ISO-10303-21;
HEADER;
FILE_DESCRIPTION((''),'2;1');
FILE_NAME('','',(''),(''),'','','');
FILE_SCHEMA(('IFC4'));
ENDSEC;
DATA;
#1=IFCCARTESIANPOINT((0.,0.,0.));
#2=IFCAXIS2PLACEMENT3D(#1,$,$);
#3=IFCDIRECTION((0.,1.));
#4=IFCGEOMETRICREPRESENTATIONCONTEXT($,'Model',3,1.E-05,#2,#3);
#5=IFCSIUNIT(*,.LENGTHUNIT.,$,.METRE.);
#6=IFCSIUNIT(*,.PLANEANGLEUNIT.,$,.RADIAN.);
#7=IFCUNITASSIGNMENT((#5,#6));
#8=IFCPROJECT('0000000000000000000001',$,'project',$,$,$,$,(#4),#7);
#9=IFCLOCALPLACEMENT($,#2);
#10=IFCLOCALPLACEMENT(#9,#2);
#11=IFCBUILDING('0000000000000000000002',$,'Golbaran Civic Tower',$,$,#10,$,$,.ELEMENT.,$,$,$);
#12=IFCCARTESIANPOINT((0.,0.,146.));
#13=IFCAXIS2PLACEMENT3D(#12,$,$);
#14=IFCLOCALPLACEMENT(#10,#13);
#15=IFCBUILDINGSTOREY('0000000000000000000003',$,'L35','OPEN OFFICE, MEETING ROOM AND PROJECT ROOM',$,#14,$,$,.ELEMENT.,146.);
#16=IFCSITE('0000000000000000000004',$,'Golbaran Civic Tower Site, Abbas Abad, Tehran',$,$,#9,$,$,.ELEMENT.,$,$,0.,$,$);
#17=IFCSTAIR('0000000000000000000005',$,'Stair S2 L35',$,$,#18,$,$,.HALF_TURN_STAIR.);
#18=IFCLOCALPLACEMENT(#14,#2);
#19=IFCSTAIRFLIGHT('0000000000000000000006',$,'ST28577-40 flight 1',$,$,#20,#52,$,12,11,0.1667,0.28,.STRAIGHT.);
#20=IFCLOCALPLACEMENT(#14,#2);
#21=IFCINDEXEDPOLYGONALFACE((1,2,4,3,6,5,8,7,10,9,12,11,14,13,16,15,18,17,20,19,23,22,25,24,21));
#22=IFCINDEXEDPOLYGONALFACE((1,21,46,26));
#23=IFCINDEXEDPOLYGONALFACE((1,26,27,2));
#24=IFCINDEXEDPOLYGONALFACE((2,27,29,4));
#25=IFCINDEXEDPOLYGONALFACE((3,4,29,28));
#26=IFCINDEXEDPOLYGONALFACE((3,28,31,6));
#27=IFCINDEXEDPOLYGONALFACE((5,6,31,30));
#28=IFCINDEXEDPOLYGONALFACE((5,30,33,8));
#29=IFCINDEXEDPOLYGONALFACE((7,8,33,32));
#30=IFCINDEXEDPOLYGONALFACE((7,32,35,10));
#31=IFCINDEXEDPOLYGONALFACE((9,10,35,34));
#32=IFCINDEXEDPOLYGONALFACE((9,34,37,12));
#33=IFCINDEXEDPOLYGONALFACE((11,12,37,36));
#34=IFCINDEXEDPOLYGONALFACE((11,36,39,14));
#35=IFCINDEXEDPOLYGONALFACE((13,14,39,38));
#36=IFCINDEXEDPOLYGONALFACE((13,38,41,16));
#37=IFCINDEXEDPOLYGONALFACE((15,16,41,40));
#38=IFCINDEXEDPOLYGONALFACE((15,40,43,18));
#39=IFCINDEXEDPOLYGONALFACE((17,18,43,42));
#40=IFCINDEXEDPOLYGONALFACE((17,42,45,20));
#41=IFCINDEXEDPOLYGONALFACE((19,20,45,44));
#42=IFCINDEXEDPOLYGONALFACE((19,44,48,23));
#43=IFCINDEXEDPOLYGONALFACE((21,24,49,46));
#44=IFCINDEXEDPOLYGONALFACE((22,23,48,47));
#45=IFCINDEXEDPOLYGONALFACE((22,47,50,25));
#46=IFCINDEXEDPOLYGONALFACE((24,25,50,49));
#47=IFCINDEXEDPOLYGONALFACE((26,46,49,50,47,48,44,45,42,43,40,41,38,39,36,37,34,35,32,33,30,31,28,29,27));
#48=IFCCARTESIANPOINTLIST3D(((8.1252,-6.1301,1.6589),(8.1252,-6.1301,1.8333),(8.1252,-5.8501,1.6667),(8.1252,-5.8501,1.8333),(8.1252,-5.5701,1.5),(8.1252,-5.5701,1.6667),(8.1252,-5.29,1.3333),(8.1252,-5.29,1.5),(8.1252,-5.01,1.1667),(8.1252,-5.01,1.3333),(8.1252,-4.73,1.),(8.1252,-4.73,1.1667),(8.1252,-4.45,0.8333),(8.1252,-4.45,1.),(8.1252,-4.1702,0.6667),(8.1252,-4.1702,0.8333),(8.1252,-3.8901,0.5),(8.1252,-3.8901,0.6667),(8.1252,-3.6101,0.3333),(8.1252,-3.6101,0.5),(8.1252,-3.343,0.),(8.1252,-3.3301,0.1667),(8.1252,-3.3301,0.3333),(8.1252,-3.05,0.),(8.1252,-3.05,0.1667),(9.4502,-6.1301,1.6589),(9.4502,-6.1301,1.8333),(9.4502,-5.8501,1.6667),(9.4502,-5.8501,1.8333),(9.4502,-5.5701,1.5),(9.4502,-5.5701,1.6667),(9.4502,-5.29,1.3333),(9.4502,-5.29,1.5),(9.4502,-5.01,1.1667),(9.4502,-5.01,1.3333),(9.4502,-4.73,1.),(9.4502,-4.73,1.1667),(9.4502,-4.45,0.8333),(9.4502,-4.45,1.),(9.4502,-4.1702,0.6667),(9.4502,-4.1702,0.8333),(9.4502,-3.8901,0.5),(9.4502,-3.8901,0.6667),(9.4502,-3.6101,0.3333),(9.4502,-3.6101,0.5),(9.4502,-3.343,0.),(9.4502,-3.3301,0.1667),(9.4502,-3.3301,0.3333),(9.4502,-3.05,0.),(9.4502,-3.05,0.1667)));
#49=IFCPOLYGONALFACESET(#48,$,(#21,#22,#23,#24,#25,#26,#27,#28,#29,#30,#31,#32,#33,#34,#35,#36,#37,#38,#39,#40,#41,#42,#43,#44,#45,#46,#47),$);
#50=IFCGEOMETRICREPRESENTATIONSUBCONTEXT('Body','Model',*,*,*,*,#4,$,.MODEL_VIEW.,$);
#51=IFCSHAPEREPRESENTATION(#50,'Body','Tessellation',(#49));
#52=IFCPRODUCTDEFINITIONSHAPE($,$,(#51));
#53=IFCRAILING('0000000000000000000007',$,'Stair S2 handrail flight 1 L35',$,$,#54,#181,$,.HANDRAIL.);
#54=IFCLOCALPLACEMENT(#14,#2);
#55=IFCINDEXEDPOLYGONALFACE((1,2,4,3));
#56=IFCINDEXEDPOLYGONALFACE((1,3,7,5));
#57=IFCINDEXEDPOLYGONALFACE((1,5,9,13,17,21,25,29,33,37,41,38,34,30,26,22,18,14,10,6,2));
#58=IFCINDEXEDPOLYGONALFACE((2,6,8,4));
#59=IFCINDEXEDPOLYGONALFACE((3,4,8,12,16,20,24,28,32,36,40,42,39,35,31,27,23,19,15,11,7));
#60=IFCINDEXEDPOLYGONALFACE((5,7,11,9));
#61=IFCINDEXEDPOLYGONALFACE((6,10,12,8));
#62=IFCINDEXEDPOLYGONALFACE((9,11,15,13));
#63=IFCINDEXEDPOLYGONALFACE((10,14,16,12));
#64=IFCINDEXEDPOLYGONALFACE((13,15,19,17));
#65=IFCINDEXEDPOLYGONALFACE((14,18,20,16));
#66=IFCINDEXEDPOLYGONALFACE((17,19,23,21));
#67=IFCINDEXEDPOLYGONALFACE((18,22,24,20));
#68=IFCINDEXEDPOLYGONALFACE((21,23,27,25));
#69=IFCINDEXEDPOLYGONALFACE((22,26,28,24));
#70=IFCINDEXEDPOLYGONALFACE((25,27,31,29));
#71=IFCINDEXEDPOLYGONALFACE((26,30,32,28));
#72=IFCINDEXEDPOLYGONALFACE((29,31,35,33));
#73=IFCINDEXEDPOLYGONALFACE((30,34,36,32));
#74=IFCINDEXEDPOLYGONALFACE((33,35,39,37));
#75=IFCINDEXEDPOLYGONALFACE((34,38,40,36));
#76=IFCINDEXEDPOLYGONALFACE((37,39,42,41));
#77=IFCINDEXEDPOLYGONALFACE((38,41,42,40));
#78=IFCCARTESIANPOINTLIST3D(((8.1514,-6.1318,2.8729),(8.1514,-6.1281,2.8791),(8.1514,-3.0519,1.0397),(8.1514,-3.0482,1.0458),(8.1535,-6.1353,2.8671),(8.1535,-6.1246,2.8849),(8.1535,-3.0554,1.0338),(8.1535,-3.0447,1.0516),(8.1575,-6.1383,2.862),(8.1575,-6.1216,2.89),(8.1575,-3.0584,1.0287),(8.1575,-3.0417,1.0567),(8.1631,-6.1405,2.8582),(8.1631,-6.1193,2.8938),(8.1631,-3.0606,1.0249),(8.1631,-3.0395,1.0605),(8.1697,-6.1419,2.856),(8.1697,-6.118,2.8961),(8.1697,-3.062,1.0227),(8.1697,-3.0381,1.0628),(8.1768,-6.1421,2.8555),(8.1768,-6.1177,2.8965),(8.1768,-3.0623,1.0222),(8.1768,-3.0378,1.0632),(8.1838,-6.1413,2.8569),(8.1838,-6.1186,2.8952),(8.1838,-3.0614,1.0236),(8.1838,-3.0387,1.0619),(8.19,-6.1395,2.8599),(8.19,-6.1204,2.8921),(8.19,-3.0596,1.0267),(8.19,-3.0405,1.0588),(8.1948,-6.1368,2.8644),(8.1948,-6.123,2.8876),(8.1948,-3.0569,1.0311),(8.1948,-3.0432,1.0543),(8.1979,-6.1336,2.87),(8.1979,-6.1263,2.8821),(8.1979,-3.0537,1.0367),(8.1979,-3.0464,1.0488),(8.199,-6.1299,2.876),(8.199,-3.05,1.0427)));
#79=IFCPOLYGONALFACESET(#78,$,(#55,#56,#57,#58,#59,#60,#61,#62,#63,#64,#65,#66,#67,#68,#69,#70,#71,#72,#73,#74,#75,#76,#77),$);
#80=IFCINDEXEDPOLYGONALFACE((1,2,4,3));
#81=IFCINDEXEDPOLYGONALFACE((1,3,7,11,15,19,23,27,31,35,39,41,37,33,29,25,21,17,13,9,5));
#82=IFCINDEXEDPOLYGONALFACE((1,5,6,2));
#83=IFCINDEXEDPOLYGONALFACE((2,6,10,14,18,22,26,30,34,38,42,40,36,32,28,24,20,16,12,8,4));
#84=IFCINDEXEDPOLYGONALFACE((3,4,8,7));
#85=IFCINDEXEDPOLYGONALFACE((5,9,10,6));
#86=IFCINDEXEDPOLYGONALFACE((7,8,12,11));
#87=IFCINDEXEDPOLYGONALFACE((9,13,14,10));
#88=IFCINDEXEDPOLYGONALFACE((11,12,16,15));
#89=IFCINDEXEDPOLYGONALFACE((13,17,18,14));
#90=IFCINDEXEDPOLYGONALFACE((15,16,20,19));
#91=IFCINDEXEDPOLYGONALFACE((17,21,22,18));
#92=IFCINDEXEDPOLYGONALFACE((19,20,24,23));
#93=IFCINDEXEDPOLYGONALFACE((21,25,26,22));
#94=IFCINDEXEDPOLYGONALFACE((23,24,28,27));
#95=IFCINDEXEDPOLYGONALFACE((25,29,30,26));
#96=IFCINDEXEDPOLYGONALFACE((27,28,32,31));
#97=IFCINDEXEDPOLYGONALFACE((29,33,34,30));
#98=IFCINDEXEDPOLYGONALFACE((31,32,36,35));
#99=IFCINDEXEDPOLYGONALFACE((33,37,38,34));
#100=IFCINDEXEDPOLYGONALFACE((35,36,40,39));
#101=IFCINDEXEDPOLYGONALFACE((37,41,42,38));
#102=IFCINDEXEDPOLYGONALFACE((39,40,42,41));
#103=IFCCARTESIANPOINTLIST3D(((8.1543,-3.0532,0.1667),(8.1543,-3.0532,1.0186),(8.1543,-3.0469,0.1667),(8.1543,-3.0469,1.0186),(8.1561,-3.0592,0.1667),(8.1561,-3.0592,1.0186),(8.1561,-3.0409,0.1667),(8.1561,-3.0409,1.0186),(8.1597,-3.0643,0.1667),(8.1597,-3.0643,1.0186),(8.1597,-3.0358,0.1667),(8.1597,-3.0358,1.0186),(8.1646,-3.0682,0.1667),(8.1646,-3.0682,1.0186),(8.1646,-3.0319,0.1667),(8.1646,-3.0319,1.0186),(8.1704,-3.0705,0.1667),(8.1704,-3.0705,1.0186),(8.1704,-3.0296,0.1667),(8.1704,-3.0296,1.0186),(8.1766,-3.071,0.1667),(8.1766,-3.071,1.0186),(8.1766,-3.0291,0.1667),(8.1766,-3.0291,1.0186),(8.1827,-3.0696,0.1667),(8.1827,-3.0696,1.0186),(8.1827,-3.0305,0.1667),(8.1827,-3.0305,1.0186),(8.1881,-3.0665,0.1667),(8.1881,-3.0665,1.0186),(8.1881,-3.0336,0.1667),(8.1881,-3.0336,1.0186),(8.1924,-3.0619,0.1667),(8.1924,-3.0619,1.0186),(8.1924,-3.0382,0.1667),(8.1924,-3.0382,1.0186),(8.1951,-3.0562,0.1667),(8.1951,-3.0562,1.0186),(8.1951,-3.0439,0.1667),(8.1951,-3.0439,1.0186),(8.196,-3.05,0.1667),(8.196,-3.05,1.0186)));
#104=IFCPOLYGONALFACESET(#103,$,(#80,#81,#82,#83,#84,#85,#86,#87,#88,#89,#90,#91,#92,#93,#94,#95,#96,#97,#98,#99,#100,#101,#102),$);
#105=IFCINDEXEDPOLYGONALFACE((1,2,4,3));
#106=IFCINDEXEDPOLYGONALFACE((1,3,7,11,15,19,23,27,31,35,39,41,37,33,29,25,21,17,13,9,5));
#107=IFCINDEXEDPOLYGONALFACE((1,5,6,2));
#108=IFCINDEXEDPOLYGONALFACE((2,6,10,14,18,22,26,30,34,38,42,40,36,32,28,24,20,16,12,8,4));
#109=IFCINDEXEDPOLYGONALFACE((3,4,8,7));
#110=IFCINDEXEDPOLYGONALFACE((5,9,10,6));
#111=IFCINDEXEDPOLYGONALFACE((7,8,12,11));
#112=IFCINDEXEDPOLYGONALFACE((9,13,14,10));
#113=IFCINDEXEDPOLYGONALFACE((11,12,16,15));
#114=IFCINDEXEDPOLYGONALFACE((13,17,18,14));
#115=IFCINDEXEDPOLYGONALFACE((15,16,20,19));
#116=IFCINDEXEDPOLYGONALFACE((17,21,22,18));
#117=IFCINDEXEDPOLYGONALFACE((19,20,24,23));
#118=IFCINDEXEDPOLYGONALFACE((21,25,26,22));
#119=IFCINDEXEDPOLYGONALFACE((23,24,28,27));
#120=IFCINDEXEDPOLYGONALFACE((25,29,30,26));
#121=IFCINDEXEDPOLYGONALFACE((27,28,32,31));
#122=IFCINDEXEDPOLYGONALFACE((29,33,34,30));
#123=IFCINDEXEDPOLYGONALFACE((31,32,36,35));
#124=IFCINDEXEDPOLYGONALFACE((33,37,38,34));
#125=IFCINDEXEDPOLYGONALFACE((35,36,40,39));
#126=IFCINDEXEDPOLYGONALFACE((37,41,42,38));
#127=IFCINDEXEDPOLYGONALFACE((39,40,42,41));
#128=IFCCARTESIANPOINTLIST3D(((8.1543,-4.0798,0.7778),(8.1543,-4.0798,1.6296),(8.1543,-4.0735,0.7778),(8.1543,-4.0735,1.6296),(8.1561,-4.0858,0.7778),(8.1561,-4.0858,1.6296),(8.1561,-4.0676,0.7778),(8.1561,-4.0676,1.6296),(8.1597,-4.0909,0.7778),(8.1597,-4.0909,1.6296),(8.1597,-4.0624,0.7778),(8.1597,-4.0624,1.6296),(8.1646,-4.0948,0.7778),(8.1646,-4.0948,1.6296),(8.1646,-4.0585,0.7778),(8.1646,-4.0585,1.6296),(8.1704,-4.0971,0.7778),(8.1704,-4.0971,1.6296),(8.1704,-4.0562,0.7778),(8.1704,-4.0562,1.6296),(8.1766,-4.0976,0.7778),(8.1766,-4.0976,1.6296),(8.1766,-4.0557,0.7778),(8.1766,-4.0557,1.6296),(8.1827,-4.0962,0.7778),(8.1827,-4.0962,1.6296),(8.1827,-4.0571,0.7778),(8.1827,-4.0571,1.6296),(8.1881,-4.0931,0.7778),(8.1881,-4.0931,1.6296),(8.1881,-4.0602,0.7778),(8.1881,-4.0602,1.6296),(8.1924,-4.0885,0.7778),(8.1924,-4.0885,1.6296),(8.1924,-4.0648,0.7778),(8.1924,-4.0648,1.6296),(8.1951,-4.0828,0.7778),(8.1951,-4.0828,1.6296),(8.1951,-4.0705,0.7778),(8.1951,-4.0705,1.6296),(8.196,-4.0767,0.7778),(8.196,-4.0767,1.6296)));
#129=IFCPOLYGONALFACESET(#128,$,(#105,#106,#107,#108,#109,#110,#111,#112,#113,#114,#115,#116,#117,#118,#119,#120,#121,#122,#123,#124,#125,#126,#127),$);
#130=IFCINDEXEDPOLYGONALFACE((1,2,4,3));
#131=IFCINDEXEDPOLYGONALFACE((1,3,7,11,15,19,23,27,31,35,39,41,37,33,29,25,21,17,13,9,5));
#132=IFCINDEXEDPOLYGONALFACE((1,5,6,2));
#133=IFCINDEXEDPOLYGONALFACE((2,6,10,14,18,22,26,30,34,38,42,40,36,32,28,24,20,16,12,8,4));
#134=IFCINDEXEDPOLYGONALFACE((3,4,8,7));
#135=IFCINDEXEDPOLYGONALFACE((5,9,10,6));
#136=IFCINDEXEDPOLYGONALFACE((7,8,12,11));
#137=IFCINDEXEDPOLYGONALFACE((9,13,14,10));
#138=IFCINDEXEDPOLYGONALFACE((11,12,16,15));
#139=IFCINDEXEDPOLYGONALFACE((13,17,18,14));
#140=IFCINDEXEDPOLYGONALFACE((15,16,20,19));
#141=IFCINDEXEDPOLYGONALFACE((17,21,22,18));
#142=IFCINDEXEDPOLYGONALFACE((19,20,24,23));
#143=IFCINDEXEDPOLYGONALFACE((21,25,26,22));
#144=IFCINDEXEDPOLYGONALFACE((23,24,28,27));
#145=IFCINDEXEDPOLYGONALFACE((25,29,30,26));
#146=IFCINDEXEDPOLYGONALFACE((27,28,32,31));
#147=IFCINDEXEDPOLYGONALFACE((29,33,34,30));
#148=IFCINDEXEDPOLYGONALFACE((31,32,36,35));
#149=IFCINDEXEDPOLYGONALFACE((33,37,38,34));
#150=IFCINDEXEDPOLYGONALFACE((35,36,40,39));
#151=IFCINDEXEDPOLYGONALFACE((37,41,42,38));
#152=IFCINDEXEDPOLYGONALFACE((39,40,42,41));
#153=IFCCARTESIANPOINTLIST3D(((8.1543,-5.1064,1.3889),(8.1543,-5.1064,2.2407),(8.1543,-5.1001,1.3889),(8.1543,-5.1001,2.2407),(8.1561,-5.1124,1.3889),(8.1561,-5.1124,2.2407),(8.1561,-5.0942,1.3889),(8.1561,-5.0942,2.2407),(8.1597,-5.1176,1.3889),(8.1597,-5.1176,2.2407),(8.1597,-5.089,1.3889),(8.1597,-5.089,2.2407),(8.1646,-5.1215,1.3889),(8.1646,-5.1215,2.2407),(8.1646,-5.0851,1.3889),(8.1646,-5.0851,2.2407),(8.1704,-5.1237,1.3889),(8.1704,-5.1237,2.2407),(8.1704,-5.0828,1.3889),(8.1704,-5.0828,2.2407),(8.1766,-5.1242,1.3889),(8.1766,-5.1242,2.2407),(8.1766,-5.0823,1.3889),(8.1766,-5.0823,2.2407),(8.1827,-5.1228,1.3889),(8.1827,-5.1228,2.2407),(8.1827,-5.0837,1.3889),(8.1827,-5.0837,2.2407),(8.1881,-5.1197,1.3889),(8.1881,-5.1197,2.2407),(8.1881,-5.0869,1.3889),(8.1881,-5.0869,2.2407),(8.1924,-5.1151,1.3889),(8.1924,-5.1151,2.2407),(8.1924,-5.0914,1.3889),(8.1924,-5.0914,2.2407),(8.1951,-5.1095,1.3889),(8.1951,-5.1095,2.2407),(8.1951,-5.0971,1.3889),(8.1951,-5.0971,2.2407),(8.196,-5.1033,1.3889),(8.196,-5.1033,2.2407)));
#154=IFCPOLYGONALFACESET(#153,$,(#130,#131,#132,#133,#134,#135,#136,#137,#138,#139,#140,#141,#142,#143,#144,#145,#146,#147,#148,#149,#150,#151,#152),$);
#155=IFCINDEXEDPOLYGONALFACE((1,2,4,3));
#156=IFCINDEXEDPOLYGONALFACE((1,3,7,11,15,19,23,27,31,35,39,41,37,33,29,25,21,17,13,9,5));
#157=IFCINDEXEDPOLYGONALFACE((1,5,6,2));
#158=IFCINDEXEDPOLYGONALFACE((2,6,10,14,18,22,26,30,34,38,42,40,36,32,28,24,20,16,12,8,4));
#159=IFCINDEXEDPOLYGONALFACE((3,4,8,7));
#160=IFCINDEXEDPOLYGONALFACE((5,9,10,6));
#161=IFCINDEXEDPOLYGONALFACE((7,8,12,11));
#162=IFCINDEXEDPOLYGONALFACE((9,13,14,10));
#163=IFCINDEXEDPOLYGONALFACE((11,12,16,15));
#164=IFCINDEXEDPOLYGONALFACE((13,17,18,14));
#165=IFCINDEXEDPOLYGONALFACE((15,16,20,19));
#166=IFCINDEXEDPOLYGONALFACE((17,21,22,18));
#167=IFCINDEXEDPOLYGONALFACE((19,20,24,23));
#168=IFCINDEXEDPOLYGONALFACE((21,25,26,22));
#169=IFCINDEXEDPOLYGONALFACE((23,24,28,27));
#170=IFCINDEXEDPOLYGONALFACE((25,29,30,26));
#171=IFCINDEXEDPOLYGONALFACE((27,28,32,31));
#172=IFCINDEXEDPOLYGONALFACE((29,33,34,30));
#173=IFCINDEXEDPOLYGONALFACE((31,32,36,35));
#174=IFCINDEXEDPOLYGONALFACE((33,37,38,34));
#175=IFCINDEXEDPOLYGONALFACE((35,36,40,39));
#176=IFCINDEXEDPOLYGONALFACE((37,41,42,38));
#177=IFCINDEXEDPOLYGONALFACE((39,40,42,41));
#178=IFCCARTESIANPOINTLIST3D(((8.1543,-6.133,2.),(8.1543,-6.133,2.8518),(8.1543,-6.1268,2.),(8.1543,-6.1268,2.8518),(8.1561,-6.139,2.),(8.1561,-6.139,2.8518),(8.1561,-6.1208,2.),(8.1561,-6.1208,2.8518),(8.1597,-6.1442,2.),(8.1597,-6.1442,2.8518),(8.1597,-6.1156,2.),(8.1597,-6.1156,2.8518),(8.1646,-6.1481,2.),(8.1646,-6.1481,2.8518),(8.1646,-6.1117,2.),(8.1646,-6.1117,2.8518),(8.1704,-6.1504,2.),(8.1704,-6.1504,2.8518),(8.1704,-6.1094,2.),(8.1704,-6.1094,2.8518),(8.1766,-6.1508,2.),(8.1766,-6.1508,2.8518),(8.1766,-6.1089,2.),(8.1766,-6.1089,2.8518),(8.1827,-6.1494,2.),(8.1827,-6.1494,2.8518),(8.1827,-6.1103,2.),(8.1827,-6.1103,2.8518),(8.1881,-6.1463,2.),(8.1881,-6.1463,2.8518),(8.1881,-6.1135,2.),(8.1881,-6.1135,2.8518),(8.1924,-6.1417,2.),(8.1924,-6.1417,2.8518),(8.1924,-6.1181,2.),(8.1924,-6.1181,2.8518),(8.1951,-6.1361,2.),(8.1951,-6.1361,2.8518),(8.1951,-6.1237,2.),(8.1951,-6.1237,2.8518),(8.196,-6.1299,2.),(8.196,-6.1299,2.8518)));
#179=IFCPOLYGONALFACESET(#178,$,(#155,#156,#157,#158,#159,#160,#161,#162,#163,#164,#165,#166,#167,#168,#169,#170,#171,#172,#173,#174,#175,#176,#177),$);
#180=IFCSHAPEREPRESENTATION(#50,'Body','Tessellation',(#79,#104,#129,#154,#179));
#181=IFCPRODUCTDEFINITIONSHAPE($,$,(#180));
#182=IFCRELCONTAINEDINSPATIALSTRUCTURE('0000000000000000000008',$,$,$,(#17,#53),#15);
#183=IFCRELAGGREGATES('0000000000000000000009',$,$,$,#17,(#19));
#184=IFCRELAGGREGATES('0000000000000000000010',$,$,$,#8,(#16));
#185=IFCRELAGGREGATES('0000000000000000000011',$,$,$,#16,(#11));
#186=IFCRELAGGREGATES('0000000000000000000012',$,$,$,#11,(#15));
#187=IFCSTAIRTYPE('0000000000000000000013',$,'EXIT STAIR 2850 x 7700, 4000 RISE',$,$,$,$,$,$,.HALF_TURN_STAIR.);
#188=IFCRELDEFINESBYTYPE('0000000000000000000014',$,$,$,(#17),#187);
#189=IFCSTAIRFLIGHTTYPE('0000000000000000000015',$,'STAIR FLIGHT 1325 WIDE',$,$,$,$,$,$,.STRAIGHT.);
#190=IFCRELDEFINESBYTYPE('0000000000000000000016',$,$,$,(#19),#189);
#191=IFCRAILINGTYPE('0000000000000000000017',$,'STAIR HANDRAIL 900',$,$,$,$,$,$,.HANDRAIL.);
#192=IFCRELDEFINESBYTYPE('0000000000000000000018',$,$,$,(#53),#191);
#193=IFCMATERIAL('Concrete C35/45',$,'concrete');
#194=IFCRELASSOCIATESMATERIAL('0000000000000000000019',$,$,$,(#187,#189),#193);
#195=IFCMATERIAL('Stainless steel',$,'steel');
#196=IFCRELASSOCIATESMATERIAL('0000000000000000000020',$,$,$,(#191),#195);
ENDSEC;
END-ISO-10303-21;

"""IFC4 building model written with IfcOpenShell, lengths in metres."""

from ifc_helpers import new_model, si_unit, direction, frame, origin, origin_2d, place, context, subcontext, project, spatial, polyline, circle, outline, extrude, material, type_object, element, aggregate, save


model = new_model("IFC4")

# Units and contexts
model_context = context("Model", 3, precision=1e-05, world=origin(), true_north=direction((0.0, 1.0)))
body_context = subcontext(model_context, "Body", "Model", "MODEL_VIEW")
ifc_project = project(units=[si_unit("LENGTHUNIT", "METRE"), si_unit("PLANEANGLEUNIT", "RADIAN")], contexts=[model_context])

# Site, building, storey
site_placement = place(None, origin())
site = spatial("IfcSite", under=ifc_project, at=site_placement, Name="Golbaran Civic Tower Site, Abbas Abad, Tehran", CompositionType="ELEMENT", RefElevation=0.0)
building_placement = place(site_placement, origin())
building = spatial("IfcBuilding", under=site, at=building_placement, Name="Golbaran Civic Tower", CompositionType="ELEMENT")
storey_placement = place(building_placement, frame((0.0, 0.0, 146.0)))
storey = spatial("IfcBuildingStorey", under=building, at=storey_placement, Name="L35", Description="OPEN OFFICE, MEETING ROOM AND PROJECT ROOM", CompositionType="ELEMENT", Elevation=146.0)

# Stair, stair flight
ifc_material_1 = material(Name="Concrete C35/45", Category="concrete")
stair_type = type_object("IfcStairType", Name="EXIT STAIR 2850 x 7700, 4000 RISE", PredefinedType="HALF_TURN_STAIR", material=ifc_material_1)
stair_placement = place(storey_placement, origin())
stair = element("IfcStair", 1, at=stair_placement, inside=storey, type_object=stair_type, Name="Stair S2 L35", PredefinedType="HALF_TURN_STAIR")
stair_flight_type = type_object("IfcStairFlightType", Name="STAIR FLIGHT 1325 WIDE", PredefinedType="STRAIGHT", material=ifc_material_1)
stair_flight_placement = place(storey_placement, frame((8.7876, -3.05, 0.0), z_axis=(0.0, 0.0, 1.0), x_axis=(0.0, -1.0, 0.0)))
stair_flight = element("IfcStairFlight", 2, at=stair_flight_placement, type_object=stair_flight_type, Name="ST28577-40 flight 1", NumberOfRisers=12, NumberOfTreads=11, PredefinedType="STRAIGHT", RiserHeight=0.1667, TreadLength=0.28, context=body_context, shape_type="SweptSolid", body=[
    extrude(outline(polyline([(0.0, 0.0), (0.0, 0.1667), (0.28, 0.1667), (0.28, 0.3333), (0.5601, 0.3333), (0.5601, 0.5), (0.8401, 0.5), (0.8401, 0.6667), (1.1201, 0.6667), (1.1201, 0.8333), (1.3999, 0.8333), (1.3999, 1.0), (1.6799, 1.0), (1.6799, 1.1667), (1.96, 1.1667), (1.96, 1.3333), (2.24, 1.3333), (2.24, 1.5), (2.52, 1.5), (2.52, 1.6667), (2.8, 1.6667), (2.8, 1.8333), (3.0801, 1.8333), (3.0801, 2.0), (3.0801, 1.6589), (0.293, 0.0), (0.0, 0.0)])), frame((0.0, 0.6626, 0.0), z_axis=(0.0, -1.0, 0.0), x_axis=(1.0, 0.0, 0.0)), (0.0, 0.0, 1.0), 1.325),
])
aggregate(stair, [stair_flight])

# Railing
ifc_material_2 = material(Name="Stainless steel", Category="steel")
railing_type = type_object("IfcRailingType", Name="STAIR HANDRAIL 900", PredefinedType="HANDRAIL", material=ifc_material_2)
railing_placement = place(storey_placement, frame((8.175, -3.05, 0.1667)))
element("IfcRailing", 3, at=railing_placement, inside=storey, type_object=railing_type, Name="Stair S2 handrail flight 1 L35", PredefinedType="HANDRAIL", context=body_context, shape_type="SweptSolid", body=[
    extrude(circle(Radius=0.0239, at=origin_2d()), frame((0.0, 0.0, 0.876), z_axis=(0.0, -0.859291, 0.511487), x_axis=(1.0, 0.0, 0.0)), (0.0, 0.0, 1.0), 3.5842),
    extrude(circle(Radius=0.021, at=origin_2d()), origin(), (0.0, 0.0, 1.0), 0.8518),
    extrude(circle(Radius=0.021, at=origin_2d()), frame((0.0, -1.0266, 0.6111)), (0.0, 0.0, 1.0), 0.8518),
    extrude(circle(Radius=0.021, at=origin_2d()), frame((0.0, -2.0532, 1.2222)), (0.0, 0.0, 1.0), 0.8518),
    extrude(circle(Radius=0.021, at=origin_2d()), frame((0.0, -3.0798, 1.8333)), (0.0, 0.0, 1.0), 0.8518),
])

save(model, "model.ifc")
